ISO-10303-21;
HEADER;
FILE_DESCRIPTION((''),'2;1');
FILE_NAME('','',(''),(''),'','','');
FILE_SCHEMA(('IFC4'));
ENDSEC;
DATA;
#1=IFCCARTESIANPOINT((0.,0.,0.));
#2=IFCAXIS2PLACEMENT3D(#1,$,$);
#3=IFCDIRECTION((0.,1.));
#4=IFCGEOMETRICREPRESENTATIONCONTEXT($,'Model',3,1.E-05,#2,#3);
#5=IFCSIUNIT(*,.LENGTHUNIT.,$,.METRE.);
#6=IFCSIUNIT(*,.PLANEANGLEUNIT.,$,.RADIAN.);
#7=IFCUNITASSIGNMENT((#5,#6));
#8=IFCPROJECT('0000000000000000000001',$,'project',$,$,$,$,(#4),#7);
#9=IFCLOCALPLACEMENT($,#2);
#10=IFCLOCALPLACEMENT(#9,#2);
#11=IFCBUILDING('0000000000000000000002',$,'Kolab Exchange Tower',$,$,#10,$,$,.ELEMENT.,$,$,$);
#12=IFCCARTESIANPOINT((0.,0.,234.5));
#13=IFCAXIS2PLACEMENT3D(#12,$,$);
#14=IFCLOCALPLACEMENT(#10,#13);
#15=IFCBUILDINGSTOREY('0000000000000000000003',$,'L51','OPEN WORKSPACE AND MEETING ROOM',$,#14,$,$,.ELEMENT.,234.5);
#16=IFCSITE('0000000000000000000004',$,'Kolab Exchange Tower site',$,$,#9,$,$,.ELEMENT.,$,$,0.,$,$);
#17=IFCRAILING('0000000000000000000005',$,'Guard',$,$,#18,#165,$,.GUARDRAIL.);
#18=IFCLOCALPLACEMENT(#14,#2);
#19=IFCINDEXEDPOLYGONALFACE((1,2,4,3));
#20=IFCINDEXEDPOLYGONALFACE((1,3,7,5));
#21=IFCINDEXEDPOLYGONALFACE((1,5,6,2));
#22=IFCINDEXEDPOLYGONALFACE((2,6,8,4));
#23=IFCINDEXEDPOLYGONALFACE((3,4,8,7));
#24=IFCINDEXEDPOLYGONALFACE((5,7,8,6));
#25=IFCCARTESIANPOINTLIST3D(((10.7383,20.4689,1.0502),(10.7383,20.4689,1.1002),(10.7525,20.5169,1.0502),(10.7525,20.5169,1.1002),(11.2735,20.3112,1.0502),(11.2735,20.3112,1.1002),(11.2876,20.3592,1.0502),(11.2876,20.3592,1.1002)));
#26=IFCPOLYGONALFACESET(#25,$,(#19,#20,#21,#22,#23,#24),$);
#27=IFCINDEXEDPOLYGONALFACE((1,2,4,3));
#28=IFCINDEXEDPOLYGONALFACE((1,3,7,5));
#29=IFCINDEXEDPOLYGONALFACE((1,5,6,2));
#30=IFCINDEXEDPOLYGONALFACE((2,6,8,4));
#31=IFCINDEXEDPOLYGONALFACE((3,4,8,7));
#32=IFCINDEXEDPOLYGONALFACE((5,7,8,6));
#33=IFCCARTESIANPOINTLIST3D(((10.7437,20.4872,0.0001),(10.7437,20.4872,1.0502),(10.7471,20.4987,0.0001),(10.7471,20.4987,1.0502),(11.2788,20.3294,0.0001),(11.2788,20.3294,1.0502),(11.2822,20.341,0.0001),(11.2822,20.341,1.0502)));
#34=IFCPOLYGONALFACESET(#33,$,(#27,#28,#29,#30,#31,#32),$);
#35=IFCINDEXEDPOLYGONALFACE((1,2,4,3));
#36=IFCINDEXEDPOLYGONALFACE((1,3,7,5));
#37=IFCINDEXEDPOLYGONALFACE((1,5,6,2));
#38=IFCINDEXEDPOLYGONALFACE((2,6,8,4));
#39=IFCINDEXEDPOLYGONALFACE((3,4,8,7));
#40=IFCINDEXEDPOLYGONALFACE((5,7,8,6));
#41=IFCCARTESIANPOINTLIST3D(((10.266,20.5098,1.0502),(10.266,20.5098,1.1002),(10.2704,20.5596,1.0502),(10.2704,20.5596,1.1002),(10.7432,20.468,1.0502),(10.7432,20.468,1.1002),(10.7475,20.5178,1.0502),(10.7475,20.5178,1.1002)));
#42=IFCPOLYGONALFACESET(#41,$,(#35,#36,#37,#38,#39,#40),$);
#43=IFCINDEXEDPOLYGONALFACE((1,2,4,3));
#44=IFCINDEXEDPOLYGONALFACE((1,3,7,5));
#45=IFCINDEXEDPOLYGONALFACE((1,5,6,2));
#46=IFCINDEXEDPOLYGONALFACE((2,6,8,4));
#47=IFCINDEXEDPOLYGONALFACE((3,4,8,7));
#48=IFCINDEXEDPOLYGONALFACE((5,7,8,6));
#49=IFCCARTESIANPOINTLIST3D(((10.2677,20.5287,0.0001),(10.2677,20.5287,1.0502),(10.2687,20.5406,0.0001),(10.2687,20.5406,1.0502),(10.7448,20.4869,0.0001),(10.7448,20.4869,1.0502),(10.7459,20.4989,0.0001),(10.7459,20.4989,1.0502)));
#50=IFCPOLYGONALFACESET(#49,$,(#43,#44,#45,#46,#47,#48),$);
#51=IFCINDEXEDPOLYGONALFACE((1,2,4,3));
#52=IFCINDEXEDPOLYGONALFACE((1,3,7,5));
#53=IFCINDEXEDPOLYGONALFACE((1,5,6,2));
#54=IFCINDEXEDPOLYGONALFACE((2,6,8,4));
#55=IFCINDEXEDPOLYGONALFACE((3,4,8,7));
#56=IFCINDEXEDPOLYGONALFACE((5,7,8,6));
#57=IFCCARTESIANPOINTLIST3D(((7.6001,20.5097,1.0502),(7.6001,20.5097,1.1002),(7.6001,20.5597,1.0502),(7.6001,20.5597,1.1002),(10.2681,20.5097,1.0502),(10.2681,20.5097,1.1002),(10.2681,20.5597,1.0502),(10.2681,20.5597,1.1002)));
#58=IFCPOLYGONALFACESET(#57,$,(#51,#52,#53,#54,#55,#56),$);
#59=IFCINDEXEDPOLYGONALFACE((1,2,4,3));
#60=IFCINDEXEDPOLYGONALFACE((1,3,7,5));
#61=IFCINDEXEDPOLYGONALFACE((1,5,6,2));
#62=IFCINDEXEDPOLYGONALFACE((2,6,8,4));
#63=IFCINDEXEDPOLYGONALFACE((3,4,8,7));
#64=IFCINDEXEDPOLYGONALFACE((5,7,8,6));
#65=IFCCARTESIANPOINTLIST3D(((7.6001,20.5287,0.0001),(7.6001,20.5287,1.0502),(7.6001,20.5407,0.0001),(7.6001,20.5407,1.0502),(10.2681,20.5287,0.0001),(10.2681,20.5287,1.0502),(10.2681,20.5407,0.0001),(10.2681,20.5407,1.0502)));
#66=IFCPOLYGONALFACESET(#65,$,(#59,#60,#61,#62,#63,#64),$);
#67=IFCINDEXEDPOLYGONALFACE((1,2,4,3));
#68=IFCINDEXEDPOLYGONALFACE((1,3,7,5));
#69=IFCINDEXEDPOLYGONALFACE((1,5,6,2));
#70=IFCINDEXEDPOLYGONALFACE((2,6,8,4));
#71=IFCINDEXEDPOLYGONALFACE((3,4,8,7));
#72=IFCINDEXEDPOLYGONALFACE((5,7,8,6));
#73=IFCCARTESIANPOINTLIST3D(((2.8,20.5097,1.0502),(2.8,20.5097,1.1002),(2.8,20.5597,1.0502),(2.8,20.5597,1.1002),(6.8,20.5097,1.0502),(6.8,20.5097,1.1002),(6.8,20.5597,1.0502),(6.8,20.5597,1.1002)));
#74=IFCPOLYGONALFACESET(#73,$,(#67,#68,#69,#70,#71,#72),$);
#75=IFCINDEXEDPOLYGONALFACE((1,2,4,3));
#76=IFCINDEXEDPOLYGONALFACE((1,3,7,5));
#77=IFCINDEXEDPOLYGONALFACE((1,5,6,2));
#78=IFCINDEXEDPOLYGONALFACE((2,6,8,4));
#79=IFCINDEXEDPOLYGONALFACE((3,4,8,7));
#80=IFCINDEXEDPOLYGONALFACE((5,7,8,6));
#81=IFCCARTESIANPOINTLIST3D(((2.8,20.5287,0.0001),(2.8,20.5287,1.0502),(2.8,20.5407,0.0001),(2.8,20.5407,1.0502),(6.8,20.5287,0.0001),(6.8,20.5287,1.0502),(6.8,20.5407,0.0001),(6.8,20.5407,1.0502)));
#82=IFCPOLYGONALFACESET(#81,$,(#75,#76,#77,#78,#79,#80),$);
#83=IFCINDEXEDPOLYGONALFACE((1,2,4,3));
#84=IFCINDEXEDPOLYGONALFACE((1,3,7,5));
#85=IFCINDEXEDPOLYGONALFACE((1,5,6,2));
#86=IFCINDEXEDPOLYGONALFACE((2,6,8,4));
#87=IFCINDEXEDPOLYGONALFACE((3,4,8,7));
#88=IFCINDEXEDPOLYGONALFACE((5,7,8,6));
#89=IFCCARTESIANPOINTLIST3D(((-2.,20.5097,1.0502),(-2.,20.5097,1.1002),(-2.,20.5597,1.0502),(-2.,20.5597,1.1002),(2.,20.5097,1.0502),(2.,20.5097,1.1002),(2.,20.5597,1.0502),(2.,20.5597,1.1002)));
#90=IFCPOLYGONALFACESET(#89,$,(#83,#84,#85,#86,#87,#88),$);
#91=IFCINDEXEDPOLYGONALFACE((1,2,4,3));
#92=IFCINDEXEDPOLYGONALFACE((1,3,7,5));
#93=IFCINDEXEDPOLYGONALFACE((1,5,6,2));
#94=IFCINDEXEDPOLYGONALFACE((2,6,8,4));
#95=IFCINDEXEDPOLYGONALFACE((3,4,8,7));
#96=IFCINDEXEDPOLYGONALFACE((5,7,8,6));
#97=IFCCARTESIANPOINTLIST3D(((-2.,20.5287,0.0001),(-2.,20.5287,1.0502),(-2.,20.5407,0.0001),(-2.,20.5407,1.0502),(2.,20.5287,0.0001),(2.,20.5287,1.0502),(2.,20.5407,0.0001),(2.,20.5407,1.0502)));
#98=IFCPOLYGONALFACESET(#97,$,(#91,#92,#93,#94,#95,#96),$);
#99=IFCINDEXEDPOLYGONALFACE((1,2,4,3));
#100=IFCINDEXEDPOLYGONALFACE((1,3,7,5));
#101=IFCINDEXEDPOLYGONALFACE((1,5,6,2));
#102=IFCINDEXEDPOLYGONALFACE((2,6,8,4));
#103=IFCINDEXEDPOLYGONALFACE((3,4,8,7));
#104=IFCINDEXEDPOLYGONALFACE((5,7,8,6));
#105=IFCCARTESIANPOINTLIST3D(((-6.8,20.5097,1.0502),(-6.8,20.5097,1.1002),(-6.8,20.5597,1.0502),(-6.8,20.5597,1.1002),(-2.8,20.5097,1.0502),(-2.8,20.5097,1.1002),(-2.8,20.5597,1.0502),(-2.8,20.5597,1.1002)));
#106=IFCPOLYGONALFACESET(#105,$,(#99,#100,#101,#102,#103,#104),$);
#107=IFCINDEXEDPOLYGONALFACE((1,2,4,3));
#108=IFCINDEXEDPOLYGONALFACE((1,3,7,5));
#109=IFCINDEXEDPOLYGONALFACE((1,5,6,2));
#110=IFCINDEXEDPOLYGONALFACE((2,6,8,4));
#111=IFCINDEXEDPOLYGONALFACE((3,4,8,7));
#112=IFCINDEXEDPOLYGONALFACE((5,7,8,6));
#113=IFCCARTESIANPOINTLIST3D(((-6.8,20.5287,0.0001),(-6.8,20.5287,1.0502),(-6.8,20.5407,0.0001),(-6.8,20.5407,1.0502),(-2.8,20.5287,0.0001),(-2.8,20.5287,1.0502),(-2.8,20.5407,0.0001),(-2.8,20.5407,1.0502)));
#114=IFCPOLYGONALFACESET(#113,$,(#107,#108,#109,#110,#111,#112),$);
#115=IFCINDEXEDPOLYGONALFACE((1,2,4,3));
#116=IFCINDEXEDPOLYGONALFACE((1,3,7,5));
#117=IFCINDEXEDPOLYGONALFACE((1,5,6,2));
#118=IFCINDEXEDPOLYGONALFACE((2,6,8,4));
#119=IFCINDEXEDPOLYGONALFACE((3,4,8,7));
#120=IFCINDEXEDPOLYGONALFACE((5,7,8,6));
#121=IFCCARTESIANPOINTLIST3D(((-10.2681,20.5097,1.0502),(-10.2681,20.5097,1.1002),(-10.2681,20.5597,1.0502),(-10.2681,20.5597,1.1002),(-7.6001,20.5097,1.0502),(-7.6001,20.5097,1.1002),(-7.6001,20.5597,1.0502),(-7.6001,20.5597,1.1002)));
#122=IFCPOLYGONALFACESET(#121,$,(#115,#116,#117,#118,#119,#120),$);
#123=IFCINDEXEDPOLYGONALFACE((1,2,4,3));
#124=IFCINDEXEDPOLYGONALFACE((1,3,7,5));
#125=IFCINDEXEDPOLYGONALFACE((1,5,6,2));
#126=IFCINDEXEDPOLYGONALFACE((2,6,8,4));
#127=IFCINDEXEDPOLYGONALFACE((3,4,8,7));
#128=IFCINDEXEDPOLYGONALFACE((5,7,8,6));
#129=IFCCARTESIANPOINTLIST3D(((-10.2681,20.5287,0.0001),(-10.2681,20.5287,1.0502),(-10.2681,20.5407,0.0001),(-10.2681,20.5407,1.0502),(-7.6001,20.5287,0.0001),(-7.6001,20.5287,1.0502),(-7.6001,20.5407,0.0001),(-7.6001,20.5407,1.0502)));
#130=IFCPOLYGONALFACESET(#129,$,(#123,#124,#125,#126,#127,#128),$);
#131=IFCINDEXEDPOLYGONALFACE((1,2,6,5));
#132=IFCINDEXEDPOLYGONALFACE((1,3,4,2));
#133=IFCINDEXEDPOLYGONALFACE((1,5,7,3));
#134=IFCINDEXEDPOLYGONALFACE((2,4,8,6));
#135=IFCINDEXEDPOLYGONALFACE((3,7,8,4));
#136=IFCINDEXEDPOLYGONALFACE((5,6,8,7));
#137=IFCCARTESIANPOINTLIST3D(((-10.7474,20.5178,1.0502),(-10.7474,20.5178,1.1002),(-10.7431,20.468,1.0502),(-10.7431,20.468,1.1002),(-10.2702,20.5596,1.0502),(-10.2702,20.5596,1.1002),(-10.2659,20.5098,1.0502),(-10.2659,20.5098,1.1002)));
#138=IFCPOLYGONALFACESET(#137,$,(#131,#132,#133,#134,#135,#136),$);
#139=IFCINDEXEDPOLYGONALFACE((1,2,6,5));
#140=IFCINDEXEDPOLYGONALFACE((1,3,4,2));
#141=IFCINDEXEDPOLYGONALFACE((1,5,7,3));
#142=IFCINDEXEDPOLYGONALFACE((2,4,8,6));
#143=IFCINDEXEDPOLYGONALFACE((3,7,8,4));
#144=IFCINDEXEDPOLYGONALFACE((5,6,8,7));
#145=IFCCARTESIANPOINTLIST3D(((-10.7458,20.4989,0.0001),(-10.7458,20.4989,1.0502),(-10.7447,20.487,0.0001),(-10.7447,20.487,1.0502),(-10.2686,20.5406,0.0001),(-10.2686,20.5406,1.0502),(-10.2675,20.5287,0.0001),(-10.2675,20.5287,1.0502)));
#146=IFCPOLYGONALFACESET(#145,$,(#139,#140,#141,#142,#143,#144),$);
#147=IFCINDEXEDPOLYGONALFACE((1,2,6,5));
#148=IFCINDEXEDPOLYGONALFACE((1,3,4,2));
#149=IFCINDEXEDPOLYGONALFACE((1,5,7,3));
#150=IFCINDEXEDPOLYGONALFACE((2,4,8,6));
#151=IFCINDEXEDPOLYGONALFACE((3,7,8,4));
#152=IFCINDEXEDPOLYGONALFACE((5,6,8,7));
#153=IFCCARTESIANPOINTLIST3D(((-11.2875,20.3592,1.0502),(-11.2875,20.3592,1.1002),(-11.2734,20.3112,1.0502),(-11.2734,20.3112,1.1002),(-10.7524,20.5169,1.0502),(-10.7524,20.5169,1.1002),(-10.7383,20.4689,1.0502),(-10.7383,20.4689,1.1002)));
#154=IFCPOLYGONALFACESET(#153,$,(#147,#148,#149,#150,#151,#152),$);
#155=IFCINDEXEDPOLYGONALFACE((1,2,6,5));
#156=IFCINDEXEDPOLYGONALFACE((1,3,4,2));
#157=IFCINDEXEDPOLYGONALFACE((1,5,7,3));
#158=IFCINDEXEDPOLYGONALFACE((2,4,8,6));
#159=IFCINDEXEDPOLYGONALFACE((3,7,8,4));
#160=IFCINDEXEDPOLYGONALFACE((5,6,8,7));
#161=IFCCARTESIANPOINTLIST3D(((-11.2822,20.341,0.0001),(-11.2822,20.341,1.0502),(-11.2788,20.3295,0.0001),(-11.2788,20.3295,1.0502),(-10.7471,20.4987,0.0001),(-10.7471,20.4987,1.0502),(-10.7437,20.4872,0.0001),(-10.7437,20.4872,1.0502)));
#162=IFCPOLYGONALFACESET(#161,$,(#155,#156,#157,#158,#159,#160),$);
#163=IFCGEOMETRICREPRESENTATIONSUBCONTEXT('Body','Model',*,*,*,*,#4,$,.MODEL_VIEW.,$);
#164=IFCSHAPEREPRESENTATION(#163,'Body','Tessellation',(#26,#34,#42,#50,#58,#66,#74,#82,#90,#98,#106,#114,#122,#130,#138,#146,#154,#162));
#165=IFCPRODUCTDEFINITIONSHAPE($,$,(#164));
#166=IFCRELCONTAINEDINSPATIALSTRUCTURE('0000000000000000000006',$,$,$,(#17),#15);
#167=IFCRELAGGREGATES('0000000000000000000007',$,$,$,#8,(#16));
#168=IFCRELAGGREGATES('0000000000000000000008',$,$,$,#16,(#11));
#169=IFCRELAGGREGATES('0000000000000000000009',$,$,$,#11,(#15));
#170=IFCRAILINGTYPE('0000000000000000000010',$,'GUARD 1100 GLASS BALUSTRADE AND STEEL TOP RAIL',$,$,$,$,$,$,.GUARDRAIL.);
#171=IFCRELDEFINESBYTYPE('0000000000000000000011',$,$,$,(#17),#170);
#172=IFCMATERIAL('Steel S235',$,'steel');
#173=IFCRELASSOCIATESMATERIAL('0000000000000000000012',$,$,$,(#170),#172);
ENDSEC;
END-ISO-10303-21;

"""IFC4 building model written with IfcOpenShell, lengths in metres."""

from ifc_helpers import new_model, si_unit, direction, frame, frame_2d, origin, origin_2d, place, context, subcontext, project, spatial, rectangle, extrude, material, type_object, element, save


model = new_model("IFC4")

# Units and contexts
model_context = context("Model", 3, precision=1e-05, world=origin(), true_north=direction((0.0, 1.0)))
body_context = subcontext(model_context, "Body", "Model", "MODEL_VIEW")
ifc_project = project(units=[si_unit("LENGTHUNIT", "METRE"), si_unit("PLANEANGLEUNIT", "RADIAN")], contexts=[model_context])

# Site, building, storey
site_placement = place(None, origin())
site = spatial("IfcSite", under=ifc_project, at=site_placement, Name="Kolab Exchange Tower site", CompositionType="ELEMENT", RefElevation=0.0)
building_placement = place(site_placement, origin())
building = spatial("IfcBuilding", under=site, at=building_placement, Name="Kolab Exchange Tower", CompositionType="ELEMENT")
storey_placement = place(building_placement, frame((0.0, 0.0, 234.5)))
storey = spatial("IfcBuildingStorey", under=building, at=storey_placement, Name="L51", Description="OPEN WORKSPACE AND MEETING ROOM", CompositionType="ELEMENT", Elevation=234.5)

# Railing
ifc_material_1 = material(Name="Steel S235", Category="steel")
railing_type = type_object("IfcRailingType", Name="GUARD 1100 GLASS BALUSTRADE AND STEEL TOP RAIL", PredefinedType="GUARDRAIL", material=ifc_material_1)
railing_placement = place(storey_placement, frame((11.2805, 20.3352, 0.0)))
element("IfcRailing", 1, at=railing_placement, inside=storey, type_object=railing_type, Name="Guard", PredefinedType="GUARDRAIL", context=body_context, shape_type="SweptSolid", body=[
    extrude(rectangle(XDim=0.05, YDim=0.05, at=origin_2d()), frame((0.0, 0.0, 1.0752), z_axis=(-0.959212, 0.282687, 0.0), x_axis=(-0.282687, -0.959212, 0.0)), (0.0, 0.0, 1.0), 0.5579),
    extrude(rectangle(XDim=0.012, YDim=1.0501, at=frame_2d((0.0, 0.5251))), frame((0.0, 0.0, 0.0), z_axis=(-0.959212, 0.282687, 0.0), x_axis=(-0.282687, -0.959212, 0.0)), (0.0, 0.0, 1.0), 0.5579),
    extrude(rectangle(XDim=0.05, YDim=0.05, at=origin_2d()), frame((-0.5352, 0.1577, 1.0752), z_axis=(-0.996196, 0.087135, 0.0), x_axis=(-0.087135, -0.996196, 0.0)), (0.0, 0.0, 1.0), 0.479),
    extrude(rectangle(XDim=0.012, YDim=1.0501, at=frame_2d((0.0, 0.5251))), frame((-0.5352, 0.1577, 0.0), z_axis=(-0.996196, 0.087135, 0.0), x_axis=(-0.087135, -0.996196, 0.0)), (0.0, 0.0, 1.0), 0.479),
    extrude(rectangle(XDim=0.05, YDim=0.05, at=origin_2d()), frame((-1.0125, 0.1995, 1.0752), z_axis=(-1.0, 0.0, 0.0), x_axis=(0.0, -1.0, 0.0)), (0.0, 0.0, 1.0), 2.668),
    extrude(rectangle(XDim=0.012, YDim=1.0501, at=frame_2d((0.0, 0.5251))), frame((-1.0125, 0.1995, 0.0), z_axis=(-1.0, 0.0, 0.0), x_axis=(0.0, -1.0, 0.0)), (0.0, 0.0, 1.0), 2.668),
    extrude(rectangle(XDim=0.05, YDim=0.05, at=origin_2d()), frame((-4.4805, 0.1995, 1.0752), z_axis=(-1.0, 0.0, 0.0), x_axis=(0.0, -1.0, 0.0)), (0.0, 0.0, 1.0), 4.0),
    extrude(rectangle(XDim=0.012, YDim=1.0501, at=frame_2d((0.0, 0.5251))), frame((-4.4805, 0.1995, 0.0), z_axis=(-1.0, 0.0, 0.0), x_axis=(0.0, -1.0, 0.0)), (0.0, 0.0, 1.0), 4.0),
    extrude(rectangle(XDim=0.05, YDim=0.05, at=origin_2d()), frame((-9.2805, 0.1995, 1.0752), z_axis=(-1.0, 0.0, 0.0), x_axis=(0.0, -1.0, 0.0)), (0.0, 0.0, 1.0), 4.0),
    extrude(rectangle(XDim=0.012, YDim=1.0501, at=frame_2d((0.0, 0.5251))), frame((-9.2805, 0.1995, 0.0), z_axis=(-1.0, 0.0, 0.0), x_axis=(0.0, -1.0, 0.0)), (0.0, 0.0, 1.0), 4.0),
    extrude(rectangle(XDim=0.05, YDim=0.05, at=origin_2d()), frame((-14.0806, 0.1995, 1.0752), z_axis=(-1.0, 0.0, 0.0), x_axis=(0.0, -1.0, 0.0)), (0.0, 0.0, 1.0), 4.0),
    extrude(rectangle(XDim=0.012, YDim=1.0501, at=frame_2d((0.0, 0.5251))), frame((-14.0806, 0.1995, 0.0), z_axis=(-1.0, 0.0, 0.0), x_axis=(0.0, -1.0, 0.0)), (0.0, 0.0, 1.0), 4.0),
    extrude(rectangle(XDim=0.05, YDim=0.05, at=origin_2d()), frame((-18.8806, 0.1995, 1.0752), z_axis=(-1.0, 0.0, 0.0), x_axis=(0.0, -1.0, 0.0)), (0.0, 0.0, 1.0), 2.668),
    extrude(rectangle(XDim=0.012, YDim=1.0501, at=frame_2d((0.0, 0.5251))), frame((-18.8806, 0.1995, 0.0), z_axis=(-1.0, 0.0, 0.0), x_axis=(0.0, -1.0, 0.0)), (0.0, 0.0, 1.0), 2.668),
    extrude(rectangle(XDim=0.05, YDim=0.05, at=origin_2d()), frame((-21.5486, 0.1995, 1.0752), z_axis=(-0.996196, -0.087135, 0.0), x_axis=(0.087135, -0.996196, 0.0)), (0.0, 0.0, 1.0), 0.479),
    extrude(rectangle(XDim=0.012, YDim=1.0501, at=frame_2d((0.0, 0.5251))), frame((-21.5486, 0.1995, 0.0), z_axis=(-0.996196, -0.087135, 0.0), x_axis=(0.087135, -0.996196, 0.0)), (0.0, 0.0, 1.0), 0.479),
    extrude(rectangle(XDim=0.05, YDim=0.05, at=origin_2d()), frame((-22.0259, 0.1577, 1.0752), z_axis=(-0.959212, -0.282687, 0.0), x_axis=(0.282687, -0.959212, 0.0)), (0.0, 0.0, 1.0), 0.5579),
    extrude(rectangle(XDim=0.012, YDim=1.0501, at=frame_2d((0.0, 0.5251))), frame((-22.0259, 0.1577, 0.0), z_axis=(-0.959212, -0.282687, 0.0), x_axis=(0.282687, -0.959212, 0.0)), (0.0, 0.0, 1.0), 0.5579),
])

save(model, "model.ifc")
